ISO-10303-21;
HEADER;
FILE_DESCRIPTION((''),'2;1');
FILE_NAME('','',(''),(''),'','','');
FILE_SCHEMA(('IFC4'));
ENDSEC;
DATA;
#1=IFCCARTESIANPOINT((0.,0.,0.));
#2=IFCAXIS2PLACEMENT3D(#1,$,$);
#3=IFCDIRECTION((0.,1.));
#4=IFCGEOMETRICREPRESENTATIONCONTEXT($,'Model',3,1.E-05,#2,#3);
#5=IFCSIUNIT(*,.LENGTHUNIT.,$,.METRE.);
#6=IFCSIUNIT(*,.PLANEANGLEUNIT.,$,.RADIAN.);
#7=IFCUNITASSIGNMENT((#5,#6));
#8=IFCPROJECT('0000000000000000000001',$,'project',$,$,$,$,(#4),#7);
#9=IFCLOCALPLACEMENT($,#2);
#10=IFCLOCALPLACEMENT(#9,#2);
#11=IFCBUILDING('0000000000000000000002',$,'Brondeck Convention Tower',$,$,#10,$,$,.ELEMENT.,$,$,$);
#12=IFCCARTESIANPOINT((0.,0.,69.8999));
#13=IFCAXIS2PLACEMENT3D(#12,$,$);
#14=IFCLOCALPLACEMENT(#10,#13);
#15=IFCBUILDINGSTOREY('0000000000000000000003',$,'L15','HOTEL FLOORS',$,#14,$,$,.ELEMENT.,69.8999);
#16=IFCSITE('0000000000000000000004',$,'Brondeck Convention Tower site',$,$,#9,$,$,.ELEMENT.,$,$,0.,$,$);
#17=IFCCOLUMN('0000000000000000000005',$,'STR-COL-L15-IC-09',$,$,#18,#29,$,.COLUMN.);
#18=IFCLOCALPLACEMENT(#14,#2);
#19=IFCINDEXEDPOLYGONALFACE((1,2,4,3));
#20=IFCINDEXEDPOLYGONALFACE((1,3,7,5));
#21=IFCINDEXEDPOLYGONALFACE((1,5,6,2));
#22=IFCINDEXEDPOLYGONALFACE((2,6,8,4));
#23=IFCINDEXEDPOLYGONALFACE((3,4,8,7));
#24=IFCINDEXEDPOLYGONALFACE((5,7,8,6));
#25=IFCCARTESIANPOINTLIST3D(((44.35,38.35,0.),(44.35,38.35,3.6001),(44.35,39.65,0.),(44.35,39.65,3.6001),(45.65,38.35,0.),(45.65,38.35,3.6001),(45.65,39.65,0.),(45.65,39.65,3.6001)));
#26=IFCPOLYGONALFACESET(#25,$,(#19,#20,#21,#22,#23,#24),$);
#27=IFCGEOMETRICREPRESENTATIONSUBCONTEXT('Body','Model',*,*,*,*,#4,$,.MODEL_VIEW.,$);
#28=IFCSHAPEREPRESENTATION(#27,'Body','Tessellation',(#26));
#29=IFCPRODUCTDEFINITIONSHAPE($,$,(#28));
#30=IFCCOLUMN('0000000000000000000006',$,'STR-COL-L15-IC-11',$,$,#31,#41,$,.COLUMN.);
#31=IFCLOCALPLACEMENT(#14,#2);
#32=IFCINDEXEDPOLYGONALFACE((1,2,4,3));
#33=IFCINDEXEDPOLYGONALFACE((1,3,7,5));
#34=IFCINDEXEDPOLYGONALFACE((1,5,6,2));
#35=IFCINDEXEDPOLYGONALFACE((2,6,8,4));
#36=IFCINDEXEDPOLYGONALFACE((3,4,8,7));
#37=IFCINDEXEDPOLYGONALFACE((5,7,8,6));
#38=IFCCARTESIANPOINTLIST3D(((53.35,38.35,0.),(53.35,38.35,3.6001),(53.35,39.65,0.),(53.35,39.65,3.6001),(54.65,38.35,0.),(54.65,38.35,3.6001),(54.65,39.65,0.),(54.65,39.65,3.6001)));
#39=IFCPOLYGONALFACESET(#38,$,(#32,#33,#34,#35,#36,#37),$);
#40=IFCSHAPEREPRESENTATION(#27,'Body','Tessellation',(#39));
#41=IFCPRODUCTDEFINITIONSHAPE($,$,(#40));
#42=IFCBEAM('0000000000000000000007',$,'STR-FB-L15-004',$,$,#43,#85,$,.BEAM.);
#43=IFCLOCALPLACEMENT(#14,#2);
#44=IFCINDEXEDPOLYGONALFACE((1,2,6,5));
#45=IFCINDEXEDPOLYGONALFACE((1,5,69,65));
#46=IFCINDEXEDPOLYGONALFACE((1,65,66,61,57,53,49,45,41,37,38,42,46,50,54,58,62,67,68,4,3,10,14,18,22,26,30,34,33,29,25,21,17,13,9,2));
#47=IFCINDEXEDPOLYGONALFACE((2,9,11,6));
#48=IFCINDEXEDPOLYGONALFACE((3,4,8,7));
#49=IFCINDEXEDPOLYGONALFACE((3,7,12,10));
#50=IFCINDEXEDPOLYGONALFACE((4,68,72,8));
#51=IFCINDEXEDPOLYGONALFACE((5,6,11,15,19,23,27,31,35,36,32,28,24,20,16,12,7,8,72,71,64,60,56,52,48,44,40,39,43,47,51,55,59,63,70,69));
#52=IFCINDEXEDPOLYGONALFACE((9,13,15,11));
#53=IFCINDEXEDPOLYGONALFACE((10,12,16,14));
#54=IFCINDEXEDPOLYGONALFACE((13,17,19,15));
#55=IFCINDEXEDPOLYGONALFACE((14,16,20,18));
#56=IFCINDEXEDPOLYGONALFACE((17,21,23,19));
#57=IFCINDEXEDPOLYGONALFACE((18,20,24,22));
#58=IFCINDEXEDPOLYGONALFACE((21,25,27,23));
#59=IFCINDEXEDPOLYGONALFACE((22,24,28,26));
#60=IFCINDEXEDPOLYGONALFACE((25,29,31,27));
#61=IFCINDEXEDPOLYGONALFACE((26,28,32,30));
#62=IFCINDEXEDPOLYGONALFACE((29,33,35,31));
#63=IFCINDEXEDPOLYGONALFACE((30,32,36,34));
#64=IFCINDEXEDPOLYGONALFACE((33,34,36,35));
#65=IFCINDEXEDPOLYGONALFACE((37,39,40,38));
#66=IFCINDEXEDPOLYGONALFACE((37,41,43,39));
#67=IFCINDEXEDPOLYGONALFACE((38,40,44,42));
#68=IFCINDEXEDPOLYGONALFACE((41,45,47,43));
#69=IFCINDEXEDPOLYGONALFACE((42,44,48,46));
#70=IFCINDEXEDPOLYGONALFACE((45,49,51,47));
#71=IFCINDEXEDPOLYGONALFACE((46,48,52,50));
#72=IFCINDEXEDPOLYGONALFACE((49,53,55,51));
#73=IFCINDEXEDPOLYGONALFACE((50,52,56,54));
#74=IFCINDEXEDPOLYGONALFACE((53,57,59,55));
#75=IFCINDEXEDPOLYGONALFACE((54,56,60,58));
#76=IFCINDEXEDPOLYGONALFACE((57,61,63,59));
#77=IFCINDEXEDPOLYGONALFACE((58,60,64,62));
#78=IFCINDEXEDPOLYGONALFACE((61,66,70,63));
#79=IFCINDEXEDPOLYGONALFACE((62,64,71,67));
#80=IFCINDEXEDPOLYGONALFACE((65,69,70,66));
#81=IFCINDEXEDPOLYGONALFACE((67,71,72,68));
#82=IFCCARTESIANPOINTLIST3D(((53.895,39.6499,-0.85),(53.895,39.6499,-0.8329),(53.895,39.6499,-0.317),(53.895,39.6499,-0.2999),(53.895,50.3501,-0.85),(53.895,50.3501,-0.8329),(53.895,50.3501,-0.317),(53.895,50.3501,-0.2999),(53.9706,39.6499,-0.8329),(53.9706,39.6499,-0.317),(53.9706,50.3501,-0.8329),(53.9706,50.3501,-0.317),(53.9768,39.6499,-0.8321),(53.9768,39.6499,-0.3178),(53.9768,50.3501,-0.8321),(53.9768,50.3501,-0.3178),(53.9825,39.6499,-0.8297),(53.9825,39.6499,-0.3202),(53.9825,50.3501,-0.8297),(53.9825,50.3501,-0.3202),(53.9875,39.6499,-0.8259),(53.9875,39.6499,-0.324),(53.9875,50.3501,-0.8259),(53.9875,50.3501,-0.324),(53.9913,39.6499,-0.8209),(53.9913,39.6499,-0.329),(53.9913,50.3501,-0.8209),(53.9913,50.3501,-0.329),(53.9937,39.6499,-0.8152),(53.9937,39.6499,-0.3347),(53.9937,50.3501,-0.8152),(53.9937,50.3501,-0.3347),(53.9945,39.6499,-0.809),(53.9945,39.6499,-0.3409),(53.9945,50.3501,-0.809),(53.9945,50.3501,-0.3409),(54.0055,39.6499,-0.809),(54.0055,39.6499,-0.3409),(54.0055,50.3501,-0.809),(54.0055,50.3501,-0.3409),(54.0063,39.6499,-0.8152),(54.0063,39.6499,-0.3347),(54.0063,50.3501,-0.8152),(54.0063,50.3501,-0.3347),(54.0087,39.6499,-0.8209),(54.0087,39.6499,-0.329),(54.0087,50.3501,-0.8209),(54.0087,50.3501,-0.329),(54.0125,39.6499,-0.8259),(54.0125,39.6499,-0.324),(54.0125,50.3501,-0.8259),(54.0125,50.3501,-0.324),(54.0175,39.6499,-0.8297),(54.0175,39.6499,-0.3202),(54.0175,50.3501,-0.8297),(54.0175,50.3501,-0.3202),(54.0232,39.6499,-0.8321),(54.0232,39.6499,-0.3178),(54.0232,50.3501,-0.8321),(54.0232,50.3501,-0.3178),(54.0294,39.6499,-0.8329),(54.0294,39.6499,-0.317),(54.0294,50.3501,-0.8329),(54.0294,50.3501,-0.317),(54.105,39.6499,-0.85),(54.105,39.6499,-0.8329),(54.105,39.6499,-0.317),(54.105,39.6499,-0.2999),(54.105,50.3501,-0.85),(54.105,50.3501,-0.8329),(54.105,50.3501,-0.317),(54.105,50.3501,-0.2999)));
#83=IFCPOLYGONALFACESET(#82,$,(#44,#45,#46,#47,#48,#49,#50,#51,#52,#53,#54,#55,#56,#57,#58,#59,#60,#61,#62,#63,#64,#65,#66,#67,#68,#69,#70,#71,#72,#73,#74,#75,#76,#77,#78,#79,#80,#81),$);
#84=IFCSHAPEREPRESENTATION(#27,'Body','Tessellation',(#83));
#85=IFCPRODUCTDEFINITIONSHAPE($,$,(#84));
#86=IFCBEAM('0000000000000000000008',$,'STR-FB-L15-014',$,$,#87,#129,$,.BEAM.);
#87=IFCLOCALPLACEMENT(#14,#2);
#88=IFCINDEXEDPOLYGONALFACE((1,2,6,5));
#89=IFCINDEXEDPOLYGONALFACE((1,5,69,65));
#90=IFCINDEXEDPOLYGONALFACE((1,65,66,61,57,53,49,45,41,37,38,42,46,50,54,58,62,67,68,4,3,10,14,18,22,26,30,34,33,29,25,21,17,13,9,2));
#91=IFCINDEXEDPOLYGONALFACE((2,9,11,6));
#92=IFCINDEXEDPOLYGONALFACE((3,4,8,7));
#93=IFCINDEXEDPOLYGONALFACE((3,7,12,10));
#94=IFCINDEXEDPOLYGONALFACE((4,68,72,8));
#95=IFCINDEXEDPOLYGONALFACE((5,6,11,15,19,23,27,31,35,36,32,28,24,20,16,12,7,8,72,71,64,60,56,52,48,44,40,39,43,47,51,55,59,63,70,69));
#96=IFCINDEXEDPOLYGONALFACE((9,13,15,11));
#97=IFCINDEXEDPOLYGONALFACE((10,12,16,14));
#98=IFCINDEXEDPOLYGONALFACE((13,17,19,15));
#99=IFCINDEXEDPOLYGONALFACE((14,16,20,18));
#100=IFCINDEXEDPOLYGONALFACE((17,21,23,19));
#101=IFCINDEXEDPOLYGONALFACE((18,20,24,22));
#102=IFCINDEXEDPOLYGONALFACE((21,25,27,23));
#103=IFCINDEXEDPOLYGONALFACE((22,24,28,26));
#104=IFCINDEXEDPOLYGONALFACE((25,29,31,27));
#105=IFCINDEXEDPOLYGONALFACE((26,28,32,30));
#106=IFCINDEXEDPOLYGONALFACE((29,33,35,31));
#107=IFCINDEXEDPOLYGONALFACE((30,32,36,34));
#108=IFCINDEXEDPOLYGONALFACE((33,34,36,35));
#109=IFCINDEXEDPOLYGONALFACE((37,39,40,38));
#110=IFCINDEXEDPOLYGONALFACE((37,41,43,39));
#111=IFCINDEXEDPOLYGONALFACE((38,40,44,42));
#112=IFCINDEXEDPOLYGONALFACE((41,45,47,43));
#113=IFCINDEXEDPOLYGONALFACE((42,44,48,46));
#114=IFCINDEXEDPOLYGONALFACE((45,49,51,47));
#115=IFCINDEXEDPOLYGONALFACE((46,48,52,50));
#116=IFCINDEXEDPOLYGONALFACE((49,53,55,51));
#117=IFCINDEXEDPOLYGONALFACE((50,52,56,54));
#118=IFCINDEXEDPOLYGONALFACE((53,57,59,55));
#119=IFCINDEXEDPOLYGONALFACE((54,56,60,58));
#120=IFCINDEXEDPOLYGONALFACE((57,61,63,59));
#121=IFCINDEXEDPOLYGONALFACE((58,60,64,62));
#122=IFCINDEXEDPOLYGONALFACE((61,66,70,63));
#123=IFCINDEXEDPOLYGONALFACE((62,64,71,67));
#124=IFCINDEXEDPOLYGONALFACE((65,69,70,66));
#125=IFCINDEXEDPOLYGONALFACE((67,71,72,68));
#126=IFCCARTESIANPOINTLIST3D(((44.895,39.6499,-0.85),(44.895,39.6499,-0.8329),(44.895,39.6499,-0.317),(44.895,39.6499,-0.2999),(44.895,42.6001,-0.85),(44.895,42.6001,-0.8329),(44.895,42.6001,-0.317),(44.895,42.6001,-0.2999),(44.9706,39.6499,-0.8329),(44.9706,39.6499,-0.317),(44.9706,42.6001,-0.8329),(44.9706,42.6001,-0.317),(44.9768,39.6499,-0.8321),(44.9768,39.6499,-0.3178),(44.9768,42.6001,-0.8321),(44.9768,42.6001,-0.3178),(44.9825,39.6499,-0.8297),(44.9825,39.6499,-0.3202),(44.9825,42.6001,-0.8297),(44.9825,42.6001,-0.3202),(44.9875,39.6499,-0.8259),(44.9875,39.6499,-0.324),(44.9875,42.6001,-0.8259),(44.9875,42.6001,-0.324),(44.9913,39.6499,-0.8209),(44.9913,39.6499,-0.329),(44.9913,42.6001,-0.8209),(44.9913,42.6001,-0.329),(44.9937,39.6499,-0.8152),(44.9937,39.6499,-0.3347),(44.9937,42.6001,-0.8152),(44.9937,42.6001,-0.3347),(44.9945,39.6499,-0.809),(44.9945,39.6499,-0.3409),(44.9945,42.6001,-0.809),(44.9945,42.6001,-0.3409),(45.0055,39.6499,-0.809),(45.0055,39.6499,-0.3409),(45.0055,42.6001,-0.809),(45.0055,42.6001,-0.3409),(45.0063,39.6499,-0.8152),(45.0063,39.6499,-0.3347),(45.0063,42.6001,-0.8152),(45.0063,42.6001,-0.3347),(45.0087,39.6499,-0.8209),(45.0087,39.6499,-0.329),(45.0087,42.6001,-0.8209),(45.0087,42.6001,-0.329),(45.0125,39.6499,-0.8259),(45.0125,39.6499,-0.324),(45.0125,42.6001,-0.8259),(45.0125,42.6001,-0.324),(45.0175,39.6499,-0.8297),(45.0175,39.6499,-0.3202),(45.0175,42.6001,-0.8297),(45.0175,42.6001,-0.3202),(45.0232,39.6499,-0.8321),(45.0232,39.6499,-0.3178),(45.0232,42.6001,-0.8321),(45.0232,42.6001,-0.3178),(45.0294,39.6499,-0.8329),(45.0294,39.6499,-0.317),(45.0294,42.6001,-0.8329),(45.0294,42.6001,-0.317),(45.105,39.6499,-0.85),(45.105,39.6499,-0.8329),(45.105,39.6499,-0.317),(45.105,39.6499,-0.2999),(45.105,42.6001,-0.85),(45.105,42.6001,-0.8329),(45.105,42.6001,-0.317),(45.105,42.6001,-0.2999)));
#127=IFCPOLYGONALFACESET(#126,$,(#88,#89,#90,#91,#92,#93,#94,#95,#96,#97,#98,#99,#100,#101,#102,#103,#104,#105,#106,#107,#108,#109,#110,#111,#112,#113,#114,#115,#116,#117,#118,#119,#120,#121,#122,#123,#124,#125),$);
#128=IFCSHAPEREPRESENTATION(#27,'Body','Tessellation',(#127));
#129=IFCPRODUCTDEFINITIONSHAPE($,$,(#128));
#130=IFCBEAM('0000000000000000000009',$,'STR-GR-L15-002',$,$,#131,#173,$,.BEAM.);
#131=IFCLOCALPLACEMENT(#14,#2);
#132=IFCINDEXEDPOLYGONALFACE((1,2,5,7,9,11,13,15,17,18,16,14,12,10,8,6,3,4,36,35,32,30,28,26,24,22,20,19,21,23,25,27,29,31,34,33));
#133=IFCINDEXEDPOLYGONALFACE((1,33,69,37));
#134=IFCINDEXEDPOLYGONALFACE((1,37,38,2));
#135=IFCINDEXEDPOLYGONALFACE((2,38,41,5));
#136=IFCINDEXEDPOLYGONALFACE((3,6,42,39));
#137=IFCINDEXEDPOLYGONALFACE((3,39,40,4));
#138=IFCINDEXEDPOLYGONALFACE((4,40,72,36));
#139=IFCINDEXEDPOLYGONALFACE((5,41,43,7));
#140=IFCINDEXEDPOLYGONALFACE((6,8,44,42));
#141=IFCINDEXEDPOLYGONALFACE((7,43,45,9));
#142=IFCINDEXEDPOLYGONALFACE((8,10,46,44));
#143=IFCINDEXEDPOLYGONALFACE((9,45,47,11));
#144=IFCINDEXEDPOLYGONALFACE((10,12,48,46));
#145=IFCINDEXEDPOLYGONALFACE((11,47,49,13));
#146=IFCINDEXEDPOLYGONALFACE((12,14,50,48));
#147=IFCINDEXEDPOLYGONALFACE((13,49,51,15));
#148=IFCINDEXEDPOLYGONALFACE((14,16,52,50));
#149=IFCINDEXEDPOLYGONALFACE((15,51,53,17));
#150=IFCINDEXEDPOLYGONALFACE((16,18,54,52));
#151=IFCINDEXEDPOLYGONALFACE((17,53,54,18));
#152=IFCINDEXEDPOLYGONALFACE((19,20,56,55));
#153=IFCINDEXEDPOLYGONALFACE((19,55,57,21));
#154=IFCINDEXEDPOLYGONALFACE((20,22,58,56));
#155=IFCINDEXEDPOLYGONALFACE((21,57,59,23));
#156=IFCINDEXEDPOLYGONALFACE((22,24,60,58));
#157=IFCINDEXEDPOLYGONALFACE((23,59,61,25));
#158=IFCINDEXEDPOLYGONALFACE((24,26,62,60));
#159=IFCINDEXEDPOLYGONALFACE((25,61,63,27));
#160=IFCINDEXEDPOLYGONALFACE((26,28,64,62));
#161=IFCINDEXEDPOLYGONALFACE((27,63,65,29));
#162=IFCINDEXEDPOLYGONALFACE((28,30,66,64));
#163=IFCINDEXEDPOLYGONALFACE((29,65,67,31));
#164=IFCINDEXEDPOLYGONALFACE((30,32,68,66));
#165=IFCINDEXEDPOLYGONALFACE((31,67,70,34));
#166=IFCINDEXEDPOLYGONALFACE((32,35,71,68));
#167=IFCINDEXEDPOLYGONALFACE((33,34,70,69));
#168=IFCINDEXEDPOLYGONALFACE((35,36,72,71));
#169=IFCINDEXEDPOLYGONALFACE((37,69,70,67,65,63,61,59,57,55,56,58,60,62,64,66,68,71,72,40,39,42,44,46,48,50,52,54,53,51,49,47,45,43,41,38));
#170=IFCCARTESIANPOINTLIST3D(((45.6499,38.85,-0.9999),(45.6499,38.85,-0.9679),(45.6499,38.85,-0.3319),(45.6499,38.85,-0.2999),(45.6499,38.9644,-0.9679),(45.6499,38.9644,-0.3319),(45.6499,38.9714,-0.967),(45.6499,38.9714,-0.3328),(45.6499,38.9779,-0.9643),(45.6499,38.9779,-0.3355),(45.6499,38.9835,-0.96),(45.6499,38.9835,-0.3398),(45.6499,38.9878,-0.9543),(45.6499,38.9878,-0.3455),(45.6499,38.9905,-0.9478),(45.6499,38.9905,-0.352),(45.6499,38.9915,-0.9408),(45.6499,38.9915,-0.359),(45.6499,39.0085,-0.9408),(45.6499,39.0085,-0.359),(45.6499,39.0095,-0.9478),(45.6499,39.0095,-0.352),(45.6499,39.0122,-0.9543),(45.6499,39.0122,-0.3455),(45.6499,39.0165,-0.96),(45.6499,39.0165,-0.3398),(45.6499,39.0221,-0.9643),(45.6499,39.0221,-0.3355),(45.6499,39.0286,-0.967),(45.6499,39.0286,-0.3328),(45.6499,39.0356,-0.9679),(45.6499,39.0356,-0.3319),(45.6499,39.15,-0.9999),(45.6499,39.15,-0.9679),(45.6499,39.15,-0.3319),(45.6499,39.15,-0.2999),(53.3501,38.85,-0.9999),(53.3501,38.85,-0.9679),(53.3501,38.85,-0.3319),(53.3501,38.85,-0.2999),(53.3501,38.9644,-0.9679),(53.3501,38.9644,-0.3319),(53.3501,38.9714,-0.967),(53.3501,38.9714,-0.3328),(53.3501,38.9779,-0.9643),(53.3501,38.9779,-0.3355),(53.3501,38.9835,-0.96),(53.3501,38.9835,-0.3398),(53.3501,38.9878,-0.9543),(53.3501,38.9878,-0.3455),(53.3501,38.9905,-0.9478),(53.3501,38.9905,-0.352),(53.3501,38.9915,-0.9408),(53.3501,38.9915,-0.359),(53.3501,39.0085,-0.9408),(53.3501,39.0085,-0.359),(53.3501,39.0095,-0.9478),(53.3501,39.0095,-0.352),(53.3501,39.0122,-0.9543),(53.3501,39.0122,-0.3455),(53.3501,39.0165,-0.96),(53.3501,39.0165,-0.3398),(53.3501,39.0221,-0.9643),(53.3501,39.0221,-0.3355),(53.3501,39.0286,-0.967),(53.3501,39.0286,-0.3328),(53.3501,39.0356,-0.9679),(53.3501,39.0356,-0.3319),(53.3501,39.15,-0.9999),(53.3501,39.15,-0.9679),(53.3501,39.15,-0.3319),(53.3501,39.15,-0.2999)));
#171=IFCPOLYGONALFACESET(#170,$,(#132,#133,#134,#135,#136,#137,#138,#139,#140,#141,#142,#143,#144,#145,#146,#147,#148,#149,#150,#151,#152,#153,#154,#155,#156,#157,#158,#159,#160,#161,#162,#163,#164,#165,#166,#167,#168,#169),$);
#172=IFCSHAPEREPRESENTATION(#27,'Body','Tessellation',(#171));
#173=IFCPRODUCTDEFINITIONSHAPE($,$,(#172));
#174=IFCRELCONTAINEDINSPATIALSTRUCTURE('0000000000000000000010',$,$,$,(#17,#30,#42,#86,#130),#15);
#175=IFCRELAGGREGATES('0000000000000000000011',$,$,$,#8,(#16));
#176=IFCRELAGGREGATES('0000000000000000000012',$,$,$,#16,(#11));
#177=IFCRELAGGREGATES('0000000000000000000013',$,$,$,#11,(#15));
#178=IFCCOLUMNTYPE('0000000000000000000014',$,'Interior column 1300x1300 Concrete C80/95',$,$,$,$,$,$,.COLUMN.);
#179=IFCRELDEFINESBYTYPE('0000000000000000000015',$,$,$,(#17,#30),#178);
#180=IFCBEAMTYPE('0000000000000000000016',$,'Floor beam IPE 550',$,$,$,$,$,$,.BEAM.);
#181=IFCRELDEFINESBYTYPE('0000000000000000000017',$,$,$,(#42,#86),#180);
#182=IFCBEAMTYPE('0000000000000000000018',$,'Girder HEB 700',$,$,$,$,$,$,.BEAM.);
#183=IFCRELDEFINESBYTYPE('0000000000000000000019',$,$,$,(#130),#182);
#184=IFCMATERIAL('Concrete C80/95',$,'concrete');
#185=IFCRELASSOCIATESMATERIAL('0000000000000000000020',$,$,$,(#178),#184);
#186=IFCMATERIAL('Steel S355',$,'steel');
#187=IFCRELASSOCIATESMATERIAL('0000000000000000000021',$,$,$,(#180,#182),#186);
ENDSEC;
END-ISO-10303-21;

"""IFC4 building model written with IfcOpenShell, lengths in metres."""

from ifc_helpers import new_model, si_unit, direction, frame, origin, origin_2d, place, context, subcontext, project, spatial, rectangle, i_section, extrude, material, material_profile, profile_set, type_object, element, save


model = new_model("IFC4")

# Units and contexts
model_context = context("Model", 3, precision=1e-05, world=origin(), true_north=direction((0.0, 1.0)))
body_context = subcontext(model_context, "Body", "Model", "MODEL_VIEW")
ifc_project = project(units=[si_unit("LENGTHUNIT", "METRE"), si_unit("PLANEANGLEUNIT", "RADIAN")], contexts=[model_context])

# Site, building, storey
site_placement = place(None, origin())
site = spatial("IfcSite", under=ifc_project, at=site_placement, Name="Brondeck Convention Tower site", CompositionType="ELEMENT", RefElevation=0.0)
building_placement = place(site_placement, origin())
building = spatial("IfcBuilding", under=site, at=building_placement, Name="Brondeck Convention Tower", CompositionType="ELEMENT")
storey_placement = place(building_placement, frame((0.0, 0.0, 69.8999)))
storey = spatial("IfcBuildingStorey", under=building, at=storey_placement, Name="L15", Description="HOTEL FLOORS", CompositionType="ELEMENT", Elevation=69.8999)

# Columns
ifc_material_1 = material(Name="Concrete C80/95", Category="concrete")
ifc_material_profile_1 = material_profile(ifc_material_1, rectangle(XDim=1.3, YDim=1.3, at=origin_2d()), Name="Interior column 1300x1300 Concrete C80/95")
ifc_profile_set_1 = profile_set([ifc_material_profile_1], Name="Concrete C80/95")
column_type = type_object("IfcColumnType", Name="Interior column 1300x1300 Concrete C80/95", PredefinedType="COLUMN", material=ifc_profile_set_1)
for number, where, z_axis, x_axis, name in (
    (1, (45.0, 39.0, 0.0), (0.0, 0.0, 1.0), (1.0, 0.0, 0.0), "STR-COL-L15-IC-09"),
    (2, (54.0, 39.0, 0.0), (0.0, 0.0, 1.0), (1.0, 0.0, 0.0), "STR-COL-L15-IC-11"),
):
    element("IfcColumn", number, at=place(storey_placement, frame(where, z_axis=z_axis, x_axis=x_axis)), inside=storey, type_object=column_type, Name=name, PredefinedType="COLUMN", context=body_context, shape_type="SweptSolid", body=[
        extrude(rectangle(XDim=1.3, YDim=1.3, at=origin_2d()), origin(), (0.0, 0.0, 1.0), 3.6001),
    ])

# Beams
ifc_material_2 = material(Name="Steel S355", Category="steel")
ifc_material_profile_2 = material_profile(ifc_material_2, i_section(OverallWidth=0.21, OverallDepth=0.55, WebThickness=0.011, FlangeThickness=0.0171, FilletRadius=0.0239, at=origin_2d()), Name="IPE 550")
ifc_profile_set_2 = profile_set([ifc_material_profile_2], Name="Steel S355")
beam_type_1 = type_object("IfcBeamType", Name="Floor beam IPE 550", PredefinedType="BEAM", material=ifc_profile_set_2)
beam_1_placement = place(storey_placement, frame((54.0, 39.6499, -0.575), z_axis=(0.0, 1.0, 0.0), x_axis=(-1.0, 0.0, 0.0)))
element("IfcBeam", 3, at=beam_1_placement, inside=storey, type_object=beam_type_1, Name="STR-FB-L15-004", PredefinedType="BEAM", context=body_context, shape_type="SweptSolid", body=[
    extrude(i_section(OverallWidth=0.21, OverallDepth=0.55, WebThickness=0.011, FlangeThickness=0.0171, FilletRadius=0.0239, at=origin_2d()), origin(), (0.0, 0.0, 1.0), 10.7002),
])
beam_2_placement = place(storey_placement, frame((45.0, 39.6499, -0.575), z_axis=(0.0, 1.0, 0.0), x_axis=(-1.0, 0.0, 0.0)))
element("IfcBeam", 4, at=beam_2_placement, inside=storey, type_object=beam_type_1, Name="STR-FB-L15-014", PredefinedType="BEAM", context=body_context, shape_type="SweptSolid", body=[
    extrude(i_section(OverallWidth=0.21, OverallDepth=0.55, WebThickness=0.011, FlangeThickness=0.0171, FilletRadius=0.0239, at=origin_2d()), origin(), (0.0, 0.0, 1.0), 2.9502),
])
ifc_material_profile_3 = material_profile(ifc_material_2, i_section(OverallWidth=0.3, OverallDepth=0.7, WebThickness=0.0171, FlangeThickness=0.032, FilletRadius=0.0271, at=origin_2d()), Name="HEB 700")
ifc_profile_set_3 = profile_set([ifc_material_profile_3], Name="Steel S355")
beam_type_2 = type_object("IfcBeamType", Name="Girder HEB 700", PredefinedType="BEAM", material=ifc_profile_set_3)
for number, where, z_axis, x_axis, name in (
    (5, (45.6499, 39.0, -0.6499), (1.0, 0.0, 0.0), (0.0, 1.0, 0.0), "STR-GR-L15-002"),
):
    element("IfcBeam", number, at=place(storey_placement, frame(where, z_axis=z_axis, x_axis=x_axis)), inside=storey, type_object=beam_type_2, Name=name, PredefinedType="BEAM", context=body_context, shape_type="SweptSolid", body=[
        extrude(i_section(OverallWidth=0.3, OverallDepth=0.7, WebThickness=0.0171, FlangeThickness=0.032, FilletRadius=0.0271, at=origin_2d()), origin(), (0.0, 0.0, 1.0), 7.7002),
    ])

save(model, "model.ifc")
